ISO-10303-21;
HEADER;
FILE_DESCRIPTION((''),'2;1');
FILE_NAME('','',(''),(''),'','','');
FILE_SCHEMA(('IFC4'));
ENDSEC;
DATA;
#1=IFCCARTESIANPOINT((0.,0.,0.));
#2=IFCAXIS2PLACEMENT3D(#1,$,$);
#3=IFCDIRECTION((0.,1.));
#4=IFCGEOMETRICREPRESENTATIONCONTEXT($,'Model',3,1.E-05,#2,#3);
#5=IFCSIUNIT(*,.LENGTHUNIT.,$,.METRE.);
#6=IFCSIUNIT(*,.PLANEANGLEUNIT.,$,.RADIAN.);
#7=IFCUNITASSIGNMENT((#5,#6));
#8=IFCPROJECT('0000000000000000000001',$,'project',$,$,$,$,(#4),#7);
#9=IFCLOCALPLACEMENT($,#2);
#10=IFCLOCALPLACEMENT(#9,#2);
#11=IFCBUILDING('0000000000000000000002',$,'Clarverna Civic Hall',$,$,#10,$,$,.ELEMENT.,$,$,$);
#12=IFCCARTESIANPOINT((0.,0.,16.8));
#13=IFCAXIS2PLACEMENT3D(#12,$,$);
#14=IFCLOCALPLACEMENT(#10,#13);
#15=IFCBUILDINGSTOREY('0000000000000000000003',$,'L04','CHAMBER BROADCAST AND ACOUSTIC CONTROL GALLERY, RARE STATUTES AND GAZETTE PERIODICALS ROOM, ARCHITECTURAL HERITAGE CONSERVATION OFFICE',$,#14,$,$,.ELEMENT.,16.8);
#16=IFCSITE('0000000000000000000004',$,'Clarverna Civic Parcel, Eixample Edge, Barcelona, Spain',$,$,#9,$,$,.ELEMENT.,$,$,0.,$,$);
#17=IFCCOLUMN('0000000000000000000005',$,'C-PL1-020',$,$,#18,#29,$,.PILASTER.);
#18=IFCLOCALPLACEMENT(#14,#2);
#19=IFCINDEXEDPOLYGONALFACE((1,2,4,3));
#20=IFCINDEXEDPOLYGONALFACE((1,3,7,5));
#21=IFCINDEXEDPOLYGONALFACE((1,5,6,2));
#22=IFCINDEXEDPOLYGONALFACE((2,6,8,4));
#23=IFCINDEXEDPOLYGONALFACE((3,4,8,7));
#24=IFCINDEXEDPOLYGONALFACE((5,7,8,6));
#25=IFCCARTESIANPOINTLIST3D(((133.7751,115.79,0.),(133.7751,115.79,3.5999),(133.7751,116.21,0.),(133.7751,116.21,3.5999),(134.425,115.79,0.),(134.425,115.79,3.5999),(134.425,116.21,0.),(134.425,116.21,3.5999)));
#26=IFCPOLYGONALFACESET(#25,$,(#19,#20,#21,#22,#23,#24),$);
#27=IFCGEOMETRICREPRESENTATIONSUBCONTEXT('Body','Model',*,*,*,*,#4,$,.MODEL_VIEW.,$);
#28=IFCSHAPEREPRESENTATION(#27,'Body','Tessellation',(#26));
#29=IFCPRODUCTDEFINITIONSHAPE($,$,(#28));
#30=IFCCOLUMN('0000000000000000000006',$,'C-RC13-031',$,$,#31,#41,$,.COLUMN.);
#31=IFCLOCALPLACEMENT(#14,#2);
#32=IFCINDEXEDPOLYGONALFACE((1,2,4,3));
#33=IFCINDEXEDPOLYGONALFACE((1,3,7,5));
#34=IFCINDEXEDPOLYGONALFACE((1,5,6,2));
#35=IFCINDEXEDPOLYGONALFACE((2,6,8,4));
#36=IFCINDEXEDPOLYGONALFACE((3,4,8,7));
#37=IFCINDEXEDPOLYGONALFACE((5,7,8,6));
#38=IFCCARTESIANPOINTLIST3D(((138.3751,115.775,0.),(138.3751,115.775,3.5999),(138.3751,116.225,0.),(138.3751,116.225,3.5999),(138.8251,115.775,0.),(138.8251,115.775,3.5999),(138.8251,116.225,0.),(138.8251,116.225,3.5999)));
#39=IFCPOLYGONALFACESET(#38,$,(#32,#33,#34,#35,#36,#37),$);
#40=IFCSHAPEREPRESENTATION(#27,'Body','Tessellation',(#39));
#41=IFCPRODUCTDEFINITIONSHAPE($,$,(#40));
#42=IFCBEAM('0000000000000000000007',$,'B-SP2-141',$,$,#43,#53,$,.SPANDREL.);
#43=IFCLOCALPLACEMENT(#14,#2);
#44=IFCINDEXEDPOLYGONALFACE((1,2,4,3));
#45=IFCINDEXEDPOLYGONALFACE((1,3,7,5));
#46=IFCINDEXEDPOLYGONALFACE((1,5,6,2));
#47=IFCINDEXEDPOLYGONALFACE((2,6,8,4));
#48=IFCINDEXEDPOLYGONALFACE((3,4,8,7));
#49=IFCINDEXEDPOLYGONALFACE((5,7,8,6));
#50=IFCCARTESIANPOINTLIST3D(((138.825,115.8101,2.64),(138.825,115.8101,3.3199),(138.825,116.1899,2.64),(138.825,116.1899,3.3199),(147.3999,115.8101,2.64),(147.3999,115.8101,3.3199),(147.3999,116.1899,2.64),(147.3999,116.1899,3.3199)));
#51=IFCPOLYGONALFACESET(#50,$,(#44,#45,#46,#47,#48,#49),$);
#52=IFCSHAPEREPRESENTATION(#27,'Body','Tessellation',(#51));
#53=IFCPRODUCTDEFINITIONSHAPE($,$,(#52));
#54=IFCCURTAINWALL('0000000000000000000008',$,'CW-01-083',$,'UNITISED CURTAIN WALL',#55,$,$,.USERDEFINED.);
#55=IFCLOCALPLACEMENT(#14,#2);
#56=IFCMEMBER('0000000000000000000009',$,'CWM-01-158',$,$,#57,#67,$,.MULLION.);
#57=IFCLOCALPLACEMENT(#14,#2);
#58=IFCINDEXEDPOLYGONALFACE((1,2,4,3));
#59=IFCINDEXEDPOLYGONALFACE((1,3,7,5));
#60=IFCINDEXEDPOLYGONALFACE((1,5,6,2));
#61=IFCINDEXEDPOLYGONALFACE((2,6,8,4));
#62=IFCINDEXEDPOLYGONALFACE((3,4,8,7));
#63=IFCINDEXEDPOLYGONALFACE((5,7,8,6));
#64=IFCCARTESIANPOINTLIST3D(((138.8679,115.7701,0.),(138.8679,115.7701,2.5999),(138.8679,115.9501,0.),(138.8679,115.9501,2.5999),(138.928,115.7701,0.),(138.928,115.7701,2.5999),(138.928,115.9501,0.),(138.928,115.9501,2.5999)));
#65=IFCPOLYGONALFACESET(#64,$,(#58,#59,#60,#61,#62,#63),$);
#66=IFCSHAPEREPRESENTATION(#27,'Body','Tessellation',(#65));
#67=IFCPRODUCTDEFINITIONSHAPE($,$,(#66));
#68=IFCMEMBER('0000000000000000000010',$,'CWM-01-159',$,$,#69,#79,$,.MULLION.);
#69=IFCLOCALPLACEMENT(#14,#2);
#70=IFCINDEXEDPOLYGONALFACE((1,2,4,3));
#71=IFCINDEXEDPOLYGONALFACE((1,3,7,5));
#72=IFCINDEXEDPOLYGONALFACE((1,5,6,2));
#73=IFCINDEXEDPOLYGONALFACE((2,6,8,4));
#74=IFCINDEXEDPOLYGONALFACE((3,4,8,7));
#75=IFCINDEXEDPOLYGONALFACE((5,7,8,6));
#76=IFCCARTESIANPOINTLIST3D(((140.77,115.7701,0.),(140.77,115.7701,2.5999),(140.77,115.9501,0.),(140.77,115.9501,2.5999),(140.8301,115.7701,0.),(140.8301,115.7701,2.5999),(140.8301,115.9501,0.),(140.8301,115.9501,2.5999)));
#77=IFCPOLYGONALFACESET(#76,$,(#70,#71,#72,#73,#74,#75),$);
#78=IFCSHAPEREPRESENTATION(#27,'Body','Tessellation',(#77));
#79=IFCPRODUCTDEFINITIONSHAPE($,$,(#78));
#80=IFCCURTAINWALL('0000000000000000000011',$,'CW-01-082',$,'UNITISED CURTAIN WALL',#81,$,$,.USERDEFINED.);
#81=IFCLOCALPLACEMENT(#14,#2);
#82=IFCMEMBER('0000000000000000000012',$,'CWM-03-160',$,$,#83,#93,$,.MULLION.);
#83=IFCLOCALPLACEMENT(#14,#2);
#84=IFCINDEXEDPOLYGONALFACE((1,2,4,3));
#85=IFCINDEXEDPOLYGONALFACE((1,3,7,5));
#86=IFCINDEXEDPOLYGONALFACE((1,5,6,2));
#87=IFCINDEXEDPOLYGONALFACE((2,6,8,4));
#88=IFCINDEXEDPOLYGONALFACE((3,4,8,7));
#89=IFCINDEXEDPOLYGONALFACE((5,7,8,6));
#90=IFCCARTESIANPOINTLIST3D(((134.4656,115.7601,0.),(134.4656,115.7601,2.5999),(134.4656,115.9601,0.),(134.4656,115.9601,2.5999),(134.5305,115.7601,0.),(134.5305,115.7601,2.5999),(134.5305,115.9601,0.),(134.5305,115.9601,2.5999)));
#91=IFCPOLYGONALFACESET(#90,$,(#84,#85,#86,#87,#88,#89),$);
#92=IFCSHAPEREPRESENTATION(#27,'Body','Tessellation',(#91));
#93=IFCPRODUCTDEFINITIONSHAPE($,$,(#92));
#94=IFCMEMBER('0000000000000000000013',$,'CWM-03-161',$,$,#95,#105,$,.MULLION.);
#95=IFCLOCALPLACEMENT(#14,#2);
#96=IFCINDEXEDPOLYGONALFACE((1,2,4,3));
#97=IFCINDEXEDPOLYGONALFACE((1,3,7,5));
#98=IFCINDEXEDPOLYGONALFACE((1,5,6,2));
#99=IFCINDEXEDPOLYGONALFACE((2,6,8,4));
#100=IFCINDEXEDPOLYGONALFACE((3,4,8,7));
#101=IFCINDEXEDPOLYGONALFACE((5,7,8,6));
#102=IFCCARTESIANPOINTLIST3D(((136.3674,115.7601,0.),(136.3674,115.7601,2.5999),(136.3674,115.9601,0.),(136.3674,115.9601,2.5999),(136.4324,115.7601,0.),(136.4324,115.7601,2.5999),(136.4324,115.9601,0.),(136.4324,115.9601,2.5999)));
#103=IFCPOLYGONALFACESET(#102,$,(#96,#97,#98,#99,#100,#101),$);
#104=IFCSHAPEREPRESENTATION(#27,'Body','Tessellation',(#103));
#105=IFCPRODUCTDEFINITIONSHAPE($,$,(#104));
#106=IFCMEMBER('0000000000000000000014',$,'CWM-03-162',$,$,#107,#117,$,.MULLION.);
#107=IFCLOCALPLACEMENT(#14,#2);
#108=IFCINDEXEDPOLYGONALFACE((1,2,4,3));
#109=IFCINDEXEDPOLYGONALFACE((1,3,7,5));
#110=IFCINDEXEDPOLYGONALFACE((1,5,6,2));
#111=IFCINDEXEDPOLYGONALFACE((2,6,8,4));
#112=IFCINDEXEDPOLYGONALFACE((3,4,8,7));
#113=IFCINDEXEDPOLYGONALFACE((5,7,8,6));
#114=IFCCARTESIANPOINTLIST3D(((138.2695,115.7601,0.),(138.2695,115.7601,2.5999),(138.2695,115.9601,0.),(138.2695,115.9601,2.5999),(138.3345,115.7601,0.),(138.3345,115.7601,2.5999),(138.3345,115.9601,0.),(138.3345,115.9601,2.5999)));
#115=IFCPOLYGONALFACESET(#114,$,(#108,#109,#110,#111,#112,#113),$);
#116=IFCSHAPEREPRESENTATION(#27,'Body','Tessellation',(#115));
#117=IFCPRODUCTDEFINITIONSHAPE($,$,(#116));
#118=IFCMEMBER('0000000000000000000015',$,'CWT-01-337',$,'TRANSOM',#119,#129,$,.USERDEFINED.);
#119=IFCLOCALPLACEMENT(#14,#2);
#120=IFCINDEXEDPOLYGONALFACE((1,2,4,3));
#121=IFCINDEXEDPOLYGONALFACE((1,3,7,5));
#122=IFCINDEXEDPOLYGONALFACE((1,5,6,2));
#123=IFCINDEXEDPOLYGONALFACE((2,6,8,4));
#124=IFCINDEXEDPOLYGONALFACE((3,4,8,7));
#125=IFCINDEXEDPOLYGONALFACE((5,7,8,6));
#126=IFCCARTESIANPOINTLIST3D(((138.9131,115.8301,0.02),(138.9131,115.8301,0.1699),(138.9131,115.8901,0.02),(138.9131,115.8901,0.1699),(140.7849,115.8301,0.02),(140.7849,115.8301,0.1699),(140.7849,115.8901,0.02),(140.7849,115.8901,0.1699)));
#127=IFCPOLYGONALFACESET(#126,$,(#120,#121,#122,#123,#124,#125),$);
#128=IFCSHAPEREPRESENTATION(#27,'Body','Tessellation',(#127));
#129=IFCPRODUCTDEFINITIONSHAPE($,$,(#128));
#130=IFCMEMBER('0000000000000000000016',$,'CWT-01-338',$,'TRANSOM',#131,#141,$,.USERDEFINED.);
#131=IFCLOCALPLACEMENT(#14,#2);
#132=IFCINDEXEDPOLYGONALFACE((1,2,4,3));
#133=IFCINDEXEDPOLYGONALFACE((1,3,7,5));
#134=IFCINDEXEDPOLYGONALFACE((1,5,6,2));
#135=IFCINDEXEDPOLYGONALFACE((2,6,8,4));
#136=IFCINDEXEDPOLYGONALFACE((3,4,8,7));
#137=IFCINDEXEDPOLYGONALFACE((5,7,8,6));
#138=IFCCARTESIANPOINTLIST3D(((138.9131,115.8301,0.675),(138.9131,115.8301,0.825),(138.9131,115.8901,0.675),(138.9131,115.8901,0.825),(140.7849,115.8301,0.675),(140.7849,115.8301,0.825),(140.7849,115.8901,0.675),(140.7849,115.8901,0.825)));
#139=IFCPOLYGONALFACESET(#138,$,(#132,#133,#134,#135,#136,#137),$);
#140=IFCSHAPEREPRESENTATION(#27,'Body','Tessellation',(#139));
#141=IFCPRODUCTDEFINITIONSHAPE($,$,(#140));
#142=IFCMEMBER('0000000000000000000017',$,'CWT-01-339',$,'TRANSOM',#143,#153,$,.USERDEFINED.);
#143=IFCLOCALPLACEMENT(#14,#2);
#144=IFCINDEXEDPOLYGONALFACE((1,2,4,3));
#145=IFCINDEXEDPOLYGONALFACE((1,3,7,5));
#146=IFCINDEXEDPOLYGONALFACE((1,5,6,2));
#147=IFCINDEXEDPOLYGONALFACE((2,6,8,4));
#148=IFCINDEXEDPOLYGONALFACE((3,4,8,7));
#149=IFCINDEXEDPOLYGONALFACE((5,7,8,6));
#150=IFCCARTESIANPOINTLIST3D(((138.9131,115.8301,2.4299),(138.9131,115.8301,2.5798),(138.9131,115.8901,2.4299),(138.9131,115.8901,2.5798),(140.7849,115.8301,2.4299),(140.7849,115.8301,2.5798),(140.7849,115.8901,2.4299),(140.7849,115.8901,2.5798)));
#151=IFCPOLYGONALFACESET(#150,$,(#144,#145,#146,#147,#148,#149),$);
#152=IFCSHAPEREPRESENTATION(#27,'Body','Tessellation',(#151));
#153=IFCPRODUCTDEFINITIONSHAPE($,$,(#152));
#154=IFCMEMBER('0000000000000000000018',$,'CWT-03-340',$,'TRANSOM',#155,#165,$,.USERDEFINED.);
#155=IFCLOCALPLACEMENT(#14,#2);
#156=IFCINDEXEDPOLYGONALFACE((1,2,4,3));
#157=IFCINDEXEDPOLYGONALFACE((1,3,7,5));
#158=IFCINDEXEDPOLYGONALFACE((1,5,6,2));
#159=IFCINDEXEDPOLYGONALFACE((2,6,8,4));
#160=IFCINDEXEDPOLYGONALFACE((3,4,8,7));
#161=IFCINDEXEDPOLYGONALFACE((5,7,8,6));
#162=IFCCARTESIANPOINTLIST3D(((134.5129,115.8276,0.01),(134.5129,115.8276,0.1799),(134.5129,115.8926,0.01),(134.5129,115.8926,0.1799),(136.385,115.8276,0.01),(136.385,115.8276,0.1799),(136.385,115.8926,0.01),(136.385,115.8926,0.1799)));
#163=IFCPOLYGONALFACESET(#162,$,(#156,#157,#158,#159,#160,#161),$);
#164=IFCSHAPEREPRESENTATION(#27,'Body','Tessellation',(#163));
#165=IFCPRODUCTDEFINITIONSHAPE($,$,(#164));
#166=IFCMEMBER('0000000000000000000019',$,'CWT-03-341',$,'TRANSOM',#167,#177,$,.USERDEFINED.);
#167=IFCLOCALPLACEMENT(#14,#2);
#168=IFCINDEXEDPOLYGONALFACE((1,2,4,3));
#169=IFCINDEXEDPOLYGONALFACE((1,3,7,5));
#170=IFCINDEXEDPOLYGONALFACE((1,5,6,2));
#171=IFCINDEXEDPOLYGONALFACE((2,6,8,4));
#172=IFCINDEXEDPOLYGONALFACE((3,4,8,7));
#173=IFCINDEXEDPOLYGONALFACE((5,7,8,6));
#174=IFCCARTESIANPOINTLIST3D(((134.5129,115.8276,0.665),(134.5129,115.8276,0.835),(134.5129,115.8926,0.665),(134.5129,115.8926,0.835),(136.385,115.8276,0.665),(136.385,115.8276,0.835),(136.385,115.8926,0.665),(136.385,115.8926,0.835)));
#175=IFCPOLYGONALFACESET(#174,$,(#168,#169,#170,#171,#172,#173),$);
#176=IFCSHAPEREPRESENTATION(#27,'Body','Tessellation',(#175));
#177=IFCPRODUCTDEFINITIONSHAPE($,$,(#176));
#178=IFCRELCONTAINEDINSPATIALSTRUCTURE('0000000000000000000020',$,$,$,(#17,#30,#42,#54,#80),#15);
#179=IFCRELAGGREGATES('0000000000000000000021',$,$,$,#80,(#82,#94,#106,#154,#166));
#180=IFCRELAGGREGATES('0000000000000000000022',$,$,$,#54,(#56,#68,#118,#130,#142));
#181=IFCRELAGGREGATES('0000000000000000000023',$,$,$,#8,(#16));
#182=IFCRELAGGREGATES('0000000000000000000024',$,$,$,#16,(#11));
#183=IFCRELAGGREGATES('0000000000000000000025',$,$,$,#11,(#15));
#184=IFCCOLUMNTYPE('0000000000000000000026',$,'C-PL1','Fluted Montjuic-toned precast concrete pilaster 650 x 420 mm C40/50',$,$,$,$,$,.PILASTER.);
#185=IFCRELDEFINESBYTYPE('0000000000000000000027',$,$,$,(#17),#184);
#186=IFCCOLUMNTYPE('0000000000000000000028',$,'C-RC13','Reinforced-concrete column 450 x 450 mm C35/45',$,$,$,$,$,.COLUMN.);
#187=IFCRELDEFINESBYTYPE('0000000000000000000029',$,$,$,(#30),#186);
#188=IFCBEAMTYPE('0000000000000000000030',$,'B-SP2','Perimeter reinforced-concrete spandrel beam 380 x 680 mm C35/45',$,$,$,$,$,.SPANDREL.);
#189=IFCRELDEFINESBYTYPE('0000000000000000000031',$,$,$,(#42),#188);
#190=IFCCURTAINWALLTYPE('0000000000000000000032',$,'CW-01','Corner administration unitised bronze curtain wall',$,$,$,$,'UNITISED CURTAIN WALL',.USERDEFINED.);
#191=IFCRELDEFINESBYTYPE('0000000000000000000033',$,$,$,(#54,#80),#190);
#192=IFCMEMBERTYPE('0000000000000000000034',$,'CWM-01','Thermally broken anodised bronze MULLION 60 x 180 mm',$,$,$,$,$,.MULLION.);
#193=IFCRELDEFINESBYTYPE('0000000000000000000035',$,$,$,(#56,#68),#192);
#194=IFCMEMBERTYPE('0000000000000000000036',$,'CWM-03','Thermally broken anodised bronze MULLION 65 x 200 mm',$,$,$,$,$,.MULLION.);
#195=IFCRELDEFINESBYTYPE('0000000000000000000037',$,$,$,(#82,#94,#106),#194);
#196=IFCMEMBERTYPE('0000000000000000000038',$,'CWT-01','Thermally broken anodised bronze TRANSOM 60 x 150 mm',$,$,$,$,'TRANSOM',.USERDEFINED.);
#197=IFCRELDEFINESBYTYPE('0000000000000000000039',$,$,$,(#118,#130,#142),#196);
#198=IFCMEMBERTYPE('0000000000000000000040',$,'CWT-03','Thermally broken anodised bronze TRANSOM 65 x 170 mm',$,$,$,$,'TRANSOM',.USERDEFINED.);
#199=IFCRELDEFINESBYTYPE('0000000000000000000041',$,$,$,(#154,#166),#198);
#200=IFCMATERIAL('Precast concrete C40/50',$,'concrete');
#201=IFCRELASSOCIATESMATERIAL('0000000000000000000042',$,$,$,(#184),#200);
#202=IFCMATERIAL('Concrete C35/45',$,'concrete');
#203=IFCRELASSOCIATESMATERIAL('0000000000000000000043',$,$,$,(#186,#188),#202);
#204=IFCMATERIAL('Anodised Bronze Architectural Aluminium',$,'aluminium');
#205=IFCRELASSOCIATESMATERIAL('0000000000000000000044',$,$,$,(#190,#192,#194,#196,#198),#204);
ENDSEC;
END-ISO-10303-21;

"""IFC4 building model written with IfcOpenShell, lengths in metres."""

from ifc_helpers import new_model, si_unit, direction, frame, origin, origin_2d, place, context, subcontext, project, spatial, rectangle, extrude, material, material_profile, profile_set, type_object, element, aggregate, save


model = new_model("IFC4")

# Units and contexts
model_context = context("Model", 3, precision=1e-05, world=origin(), true_north=direction((0.0, 1.0)))
body_context = subcontext(model_context, "Body", "Model", "MODEL_VIEW")
ifc_project = project(units=[si_unit("LENGTHUNIT", "METRE"), si_unit("PLANEANGLEUNIT", "RADIAN")], contexts=[model_context])

# Site, building, storey
site_placement = place(None, origin())
site = spatial("IfcSite", under=ifc_project, at=site_placement, Name="Clarverna Civic Parcel, Eixample Edge, Barcelona, Spain", CompositionType="ELEMENT", RefElevation=0.0)
building_placement = place(site_placement, origin())
building = spatial("IfcBuilding", under=site, at=building_placement, Name="Clarverna Civic Hall", CompositionType="ELEMENT")
storey_placement = place(building_placement, frame((0.0, 0.0, 16.8)))
storey = spatial("IfcBuildingStorey", under=building, at=storey_placement, Name="L04", Description="CHAMBER BROADCAST AND ACOUSTIC CONTROL GALLERY, RARE STATUTES AND GAZETTE PERIODICALS ROOM, ARCHITECTURAL HERITAGE CONSERVATION OFFICE", CompositionType="ELEMENT", Elevation=16.8)

# Columns
ifc_material_1 = material(Name="Precast concrete C40/50", Category="concrete")
ifc_material_profile_1 = material_profile(ifc_material_1, rectangle(XDim=0.6499, YDim=0.4199, at=origin_2d()), Name="PILASTER 650x420")
ifc_profile_set_1 = profile_set([ifc_material_profile_1], Name="Precast concrete C40/50")
column_type_1 = type_object("IfcColumnType", Name="C-PL1", Description="Fluted Montjuic-toned precast concrete pilaster 650 x 420 mm C40/50", PredefinedType="PILASTER", material=ifc_profile_set_1)
column_1_placement = place(storey_placement, frame((134.1001, 116.0, 0.0), z_axis=(0.0, 0.0, 1.0), x_axis=(1.0, 0.0, 0.0)))
element("IfcColumn", 1, at=column_1_placement, inside=storey, type_object=column_type_1, Name="C-PL1-020", PredefinedType="PILASTER", context=body_context, shape_type="SweptSolid", body=[
    extrude(rectangle(XDim=0.6499, YDim=0.4199, at=origin_2d()), origin(), (0.0, 0.0, 1.0), 3.5999),
])
ifc_material_2 = material(Name="Concrete C35/45", Category="concrete")
ifc_material_profile_2 = material_profile(ifc_material_2, rectangle(XDim=0.45, YDim=0.45, at=origin_2d()), Name="RC 450x450")
ifc_profile_set_2 = profile_set([ifc_material_profile_2], Name="Concrete C35/45")
column_type_2 = type_object("IfcColumnType", Name="C-RC13", Description="Reinforced-concrete column 450 x 450 mm C35/45", PredefinedType="COLUMN", material=ifc_profile_set_2)
column_2_placement = place(storey_placement, frame((138.6001, 116.0, 0.0), z_axis=(0.0, 0.0, 1.0), x_axis=(1.0, 0.0, 0.0)))
element("IfcColumn", 2, at=column_2_placement, inside=storey, type_object=column_type_2, Name="C-RC13-031", PredefinedType="COLUMN", context=body_context, shape_type="SweptSolid", body=[
    extrude(rectangle(XDim=0.45, YDim=0.45, at=origin_2d()), origin(), (0.0, 0.0, 1.0), 3.5999),
])

# Beam
ifc_material_profile_3 = material_profile(ifc_material_2, rectangle(XDim=0.3799, YDim=0.6799, at=origin_2d()), Name="RC 380x680")
ifc_profile_set_3 = profile_set([ifc_material_profile_3], Name="Concrete C35/45")
beam_type = type_object("IfcBeamType", Name="B-SP2", Description="Perimeter reinforced-concrete spandrel beam 380 x 680 mm C35/45", PredefinedType="SPANDREL", material=ifc_profile_set_3)
beam_placement = place(storey_placement, frame((138.825, 116.0, 2.98), z_axis=(1.0, 0.0, 0.0), x_axis=(0.0, 1.0, 0.0)))
element("IfcBeam", 3, at=beam_placement, inside=storey, type_object=beam_type, Name="B-SP2-141", PredefinedType="SPANDREL", context=body_context, shape_type="SweptSolid", body=[
    extrude(rectangle(XDim=0.3799, YDim=0.6799, at=origin_2d()), origin(), (0.0, 0.0, 1.0), 8.575),
])

# Curtain walls, members
ifc_material_3 = material(Name="Anodised Bronze Architectural Aluminium", Category="aluminium")
curtain_wall_type = type_object("IfcCurtainWallType", Name="CW-01", Description="Corner administration unitised bronze curtain wall", ElementType="UNITISED CURTAIN WALL", PredefinedType="USERDEFINED", material=ifc_material_3)
curtain_wall_1_placement = place(storey_placement, origin())
curtain_wall_1 = element("IfcCurtainWall", 4, at=curtain_wall_1_placement, inside=storey, type_object=curtain_wall_type, Name="CW-01-083", ObjectType="UNITISED CURTAIN WALL", PredefinedType="USERDEFINED")
ifc_material_profile_4 = material_profile(ifc_material_3, rectangle(XDim=0.0601, YDim=0.1799, at=origin_2d()), Name="BRONZE 60x180")
ifc_profile_set_4 = profile_set([ifc_material_profile_4], Name="Anodised Bronze Architectural Aluminium")
member_type_1 = type_object("IfcMemberType", Name="CWM-01", Description="Thermally broken anodised bronze MULLION 60 x 180 mm", PredefinedType="MULLION", material=ifc_profile_set_4)
member_1_placement = place(storey_placement, frame((138.8979, 115.8601, 0.0), z_axis=(0.0, 0.0, 1.0), x_axis=(1.0, 0.0, 0.0)))
member_1 = element("IfcMember", 5, at=member_1_placement, type_object=member_type_1, Name="CWM-01-158", PredefinedType="MULLION", context=body_context, shape_type="SweptSolid", body=[
    extrude(rectangle(XDim=0.0601, YDim=0.1799, at=origin_2d()), origin(), (0.0, 0.0, 1.0), 2.5999),
])
member_2_placement = place(storey_placement, frame((140.8, 115.8601, 0.0), z_axis=(0.0, 0.0, 1.0), x_axis=(1.0, 0.0, 0.0)))
member_2 = element("IfcMember", 6, at=member_2_placement, type_object=member_type_1, Name="CWM-01-159", PredefinedType="MULLION", context=body_context, shape_type="SweptSolid", body=[
    extrude(rectangle(XDim=0.0601, YDim=0.1799, at=origin_2d()), origin(), (0.0, 0.0, 1.0), 2.5999),
])
curtain_wall_2_placement = place(storey_placement, origin())
curtain_wall_2 = element("IfcCurtainWall", 7, at=curtain_wall_2_placement, inside=storey, type_object=curtain_wall_type, Name="CW-01-082", ObjectType="UNITISED CURTAIN WALL", PredefinedType="USERDEFINED")
ifc_material_profile_5 = material_profile(ifc_material_3, rectangle(XDim=0.0649, YDim=0.2, at=origin_2d()), Name="BRONZE 65x200")
ifc_profile_set_5 = profile_set([ifc_material_profile_5], Name="Anodised Bronze Architectural Aluminium")
member_type_2 = type_object("IfcMemberType", Name="CWM-03", Description="Thermally broken anodised bronze MULLION 65 x 200 mm", PredefinedType="MULLION", material=ifc_profile_set_5)
member_3_placement = place(storey_placement, frame((134.498, 115.8601, 0.0), z_axis=(0.0, 0.0, 1.0), x_axis=(1.0, 0.0, 0.0)))
member_3 = element("IfcMember", 8, at=member_3_placement, type_object=member_type_2, Name="CWM-03-160", PredefinedType="MULLION", context=body_context, shape_type="SweptSolid", body=[
    extrude(rectangle(XDim=0.0649, YDim=0.2, at=origin_2d()), origin(), (0.0, 0.0, 1.0), 2.5999),
])
member_4_placement = place(storey_placement, frame((136.3999, 115.8601, 0.0), z_axis=(0.0, 0.0, 1.0), x_axis=(1.0, 0.0, 0.0)))
member_4 = element("IfcMember", 9, at=member_4_placement, type_object=member_type_2, Name="CWM-03-161", PredefinedType="MULLION", context=body_context, shape_type="SweptSolid", body=[
    extrude(rectangle(XDim=0.0649, YDim=0.2, at=origin_2d()), origin(), (0.0, 0.0, 1.0), 2.5999),
])
member_5_placement = place(storey_placement, frame((138.302, 115.8601, 0.0), z_axis=(0.0, 0.0, 1.0), x_axis=(1.0, 0.0, 0.0)))
member_5 = element("IfcMember", 10, at=member_5_placement, type_object=member_type_2, Name="CWM-03-162", PredefinedType="MULLION", context=body_context, shape_type="SweptSolid", body=[
    extrude(rectangle(XDim=0.0649, YDim=0.2, at=origin_2d()), origin(), (0.0, 0.0, 1.0), 2.5999),
])

# Members
ifc_material_profile_6 = material_profile(ifc_material_3, rectangle(XDim=0.0601, YDim=0.1499, at=origin_2d()), Name="BRONZE 60x150")
ifc_profile_set_6 = profile_set([ifc_material_profile_6], Name="Anodised Bronze Architectural Aluminium")
member_type_3 = type_object("IfcMemberType", Name="CWT-01", Description="Thermally broken anodised bronze TRANSOM 60 x 150 mm", ElementType="TRANSOM", PredefinedType="USERDEFINED", material=ifc_profile_set_6)
member_6_placement = place(storey_placement, frame((138.9131, 115.8601, 0.095), z_axis=(1.0, 0.0, 0.0), x_axis=(0.0, 1.0, 0.0)))
member_6 = element("IfcMember", 11, at=member_6_placement, type_object=member_type_3, Name="CWT-01-337", ObjectType="TRANSOM", PredefinedType="USERDEFINED", context=body_context, shape_type="SweptSolid", body=[
    extrude(rectangle(XDim=0.0601, YDim=0.1499, at=origin_2d()), origin(), (0.0, 0.0, 1.0), 1.8718),
])
member_7_placement = place(storey_placement, frame((138.9131, 115.8601, 0.75), z_axis=(1.0, 0.0, 0.0), x_axis=(0.0, 1.0, 0.0)))
member_7 = element("IfcMember", 12, at=member_7_placement, type_object=member_type_3, Name="CWT-01-338", ObjectType="TRANSOM", PredefinedType="USERDEFINED", context=body_context, shape_type="SweptSolid", body=[
    extrude(rectangle(XDim=0.0601, YDim=0.1499, at=origin_2d()), origin(), (0.0, 0.0, 1.0), 1.8718),
])
member_8_placement = place(storey_placement, frame((138.9131, 115.8601, 2.5049), z_axis=(1.0, 0.0, 0.0), x_axis=(0.0, 1.0, 0.0)))
member_8 = element("IfcMember", 13, at=member_8_placement, type_object=member_type_3, Name="CWT-01-339", ObjectType="TRANSOM", PredefinedType="USERDEFINED", context=body_context, shape_type="SweptSolid", body=[
    extrude(rectangle(XDim=0.0601, YDim=0.1499, at=origin_2d()), origin(), (0.0, 0.0, 1.0), 1.8718),
])
ifc_material_profile_7 = material_profile(ifc_material_3, rectangle(XDim=0.0649, YDim=0.1699, at=origin_2d()), Name="BRONZE 65x170")
ifc_profile_set_7 = profile_set([ifc_material_profile_7], Name="Anodised Bronze Architectural Aluminium")
member_type_4 = type_object("IfcMemberType", Name="CWT-03", Description="Thermally broken anodised bronze TRANSOM 65 x 170 mm", ElementType="TRANSOM", PredefinedType="USERDEFINED", material=ifc_profile_set_7)
member_9_placement = place(storey_placement, frame((134.5129, 115.8601, 0.095), z_axis=(1.0, 0.0, 0.0), x_axis=(0.0, 1.0, 0.0)))
member_9 = element("IfcMember", 14, at=member_9_placement, type_object=member_type_4, Name="CWT-03-340", ObjectType="TRANSOM", PredefinedType="USERDEFINED", context=body_context, shape_type="SweptSolid", body=[
    extrude(rectangle(XDim=0.0649, YDim=0.1699, at=origin_2d()), origin(), (0.0, 0.0, 1.0), 1.8721),
])
member_10_placement = place(storey_placement, frame((134.5129, 115.8601, 0.75), z_axis=(1.0, 0.0, 0.0), x_axis=(0.0, 1.0, 0.0)))
member_10 = element("IfcMember", 15, at=member_10_placement, type_object=member_type_4, Name="CWT-03-341", ObjectType="TRANSOM", PredefinedType="USERDEFINED", context=body_context, shape_type="SweptSolid", body=[
    extrude(rectangle(XDim=0.0649, YDim=0.1699, at=origin_2d()), origin(), (0.0, 0.0, 1.0), 1.8721),
])

aggregate(curtain_wall_2, [member_3, member_4, member_5, member_9, member_10])
aggregate(curtain_wall_1, [member_1, member_2, member_6, member_7, member_8])

save(model, "model.ifc")
